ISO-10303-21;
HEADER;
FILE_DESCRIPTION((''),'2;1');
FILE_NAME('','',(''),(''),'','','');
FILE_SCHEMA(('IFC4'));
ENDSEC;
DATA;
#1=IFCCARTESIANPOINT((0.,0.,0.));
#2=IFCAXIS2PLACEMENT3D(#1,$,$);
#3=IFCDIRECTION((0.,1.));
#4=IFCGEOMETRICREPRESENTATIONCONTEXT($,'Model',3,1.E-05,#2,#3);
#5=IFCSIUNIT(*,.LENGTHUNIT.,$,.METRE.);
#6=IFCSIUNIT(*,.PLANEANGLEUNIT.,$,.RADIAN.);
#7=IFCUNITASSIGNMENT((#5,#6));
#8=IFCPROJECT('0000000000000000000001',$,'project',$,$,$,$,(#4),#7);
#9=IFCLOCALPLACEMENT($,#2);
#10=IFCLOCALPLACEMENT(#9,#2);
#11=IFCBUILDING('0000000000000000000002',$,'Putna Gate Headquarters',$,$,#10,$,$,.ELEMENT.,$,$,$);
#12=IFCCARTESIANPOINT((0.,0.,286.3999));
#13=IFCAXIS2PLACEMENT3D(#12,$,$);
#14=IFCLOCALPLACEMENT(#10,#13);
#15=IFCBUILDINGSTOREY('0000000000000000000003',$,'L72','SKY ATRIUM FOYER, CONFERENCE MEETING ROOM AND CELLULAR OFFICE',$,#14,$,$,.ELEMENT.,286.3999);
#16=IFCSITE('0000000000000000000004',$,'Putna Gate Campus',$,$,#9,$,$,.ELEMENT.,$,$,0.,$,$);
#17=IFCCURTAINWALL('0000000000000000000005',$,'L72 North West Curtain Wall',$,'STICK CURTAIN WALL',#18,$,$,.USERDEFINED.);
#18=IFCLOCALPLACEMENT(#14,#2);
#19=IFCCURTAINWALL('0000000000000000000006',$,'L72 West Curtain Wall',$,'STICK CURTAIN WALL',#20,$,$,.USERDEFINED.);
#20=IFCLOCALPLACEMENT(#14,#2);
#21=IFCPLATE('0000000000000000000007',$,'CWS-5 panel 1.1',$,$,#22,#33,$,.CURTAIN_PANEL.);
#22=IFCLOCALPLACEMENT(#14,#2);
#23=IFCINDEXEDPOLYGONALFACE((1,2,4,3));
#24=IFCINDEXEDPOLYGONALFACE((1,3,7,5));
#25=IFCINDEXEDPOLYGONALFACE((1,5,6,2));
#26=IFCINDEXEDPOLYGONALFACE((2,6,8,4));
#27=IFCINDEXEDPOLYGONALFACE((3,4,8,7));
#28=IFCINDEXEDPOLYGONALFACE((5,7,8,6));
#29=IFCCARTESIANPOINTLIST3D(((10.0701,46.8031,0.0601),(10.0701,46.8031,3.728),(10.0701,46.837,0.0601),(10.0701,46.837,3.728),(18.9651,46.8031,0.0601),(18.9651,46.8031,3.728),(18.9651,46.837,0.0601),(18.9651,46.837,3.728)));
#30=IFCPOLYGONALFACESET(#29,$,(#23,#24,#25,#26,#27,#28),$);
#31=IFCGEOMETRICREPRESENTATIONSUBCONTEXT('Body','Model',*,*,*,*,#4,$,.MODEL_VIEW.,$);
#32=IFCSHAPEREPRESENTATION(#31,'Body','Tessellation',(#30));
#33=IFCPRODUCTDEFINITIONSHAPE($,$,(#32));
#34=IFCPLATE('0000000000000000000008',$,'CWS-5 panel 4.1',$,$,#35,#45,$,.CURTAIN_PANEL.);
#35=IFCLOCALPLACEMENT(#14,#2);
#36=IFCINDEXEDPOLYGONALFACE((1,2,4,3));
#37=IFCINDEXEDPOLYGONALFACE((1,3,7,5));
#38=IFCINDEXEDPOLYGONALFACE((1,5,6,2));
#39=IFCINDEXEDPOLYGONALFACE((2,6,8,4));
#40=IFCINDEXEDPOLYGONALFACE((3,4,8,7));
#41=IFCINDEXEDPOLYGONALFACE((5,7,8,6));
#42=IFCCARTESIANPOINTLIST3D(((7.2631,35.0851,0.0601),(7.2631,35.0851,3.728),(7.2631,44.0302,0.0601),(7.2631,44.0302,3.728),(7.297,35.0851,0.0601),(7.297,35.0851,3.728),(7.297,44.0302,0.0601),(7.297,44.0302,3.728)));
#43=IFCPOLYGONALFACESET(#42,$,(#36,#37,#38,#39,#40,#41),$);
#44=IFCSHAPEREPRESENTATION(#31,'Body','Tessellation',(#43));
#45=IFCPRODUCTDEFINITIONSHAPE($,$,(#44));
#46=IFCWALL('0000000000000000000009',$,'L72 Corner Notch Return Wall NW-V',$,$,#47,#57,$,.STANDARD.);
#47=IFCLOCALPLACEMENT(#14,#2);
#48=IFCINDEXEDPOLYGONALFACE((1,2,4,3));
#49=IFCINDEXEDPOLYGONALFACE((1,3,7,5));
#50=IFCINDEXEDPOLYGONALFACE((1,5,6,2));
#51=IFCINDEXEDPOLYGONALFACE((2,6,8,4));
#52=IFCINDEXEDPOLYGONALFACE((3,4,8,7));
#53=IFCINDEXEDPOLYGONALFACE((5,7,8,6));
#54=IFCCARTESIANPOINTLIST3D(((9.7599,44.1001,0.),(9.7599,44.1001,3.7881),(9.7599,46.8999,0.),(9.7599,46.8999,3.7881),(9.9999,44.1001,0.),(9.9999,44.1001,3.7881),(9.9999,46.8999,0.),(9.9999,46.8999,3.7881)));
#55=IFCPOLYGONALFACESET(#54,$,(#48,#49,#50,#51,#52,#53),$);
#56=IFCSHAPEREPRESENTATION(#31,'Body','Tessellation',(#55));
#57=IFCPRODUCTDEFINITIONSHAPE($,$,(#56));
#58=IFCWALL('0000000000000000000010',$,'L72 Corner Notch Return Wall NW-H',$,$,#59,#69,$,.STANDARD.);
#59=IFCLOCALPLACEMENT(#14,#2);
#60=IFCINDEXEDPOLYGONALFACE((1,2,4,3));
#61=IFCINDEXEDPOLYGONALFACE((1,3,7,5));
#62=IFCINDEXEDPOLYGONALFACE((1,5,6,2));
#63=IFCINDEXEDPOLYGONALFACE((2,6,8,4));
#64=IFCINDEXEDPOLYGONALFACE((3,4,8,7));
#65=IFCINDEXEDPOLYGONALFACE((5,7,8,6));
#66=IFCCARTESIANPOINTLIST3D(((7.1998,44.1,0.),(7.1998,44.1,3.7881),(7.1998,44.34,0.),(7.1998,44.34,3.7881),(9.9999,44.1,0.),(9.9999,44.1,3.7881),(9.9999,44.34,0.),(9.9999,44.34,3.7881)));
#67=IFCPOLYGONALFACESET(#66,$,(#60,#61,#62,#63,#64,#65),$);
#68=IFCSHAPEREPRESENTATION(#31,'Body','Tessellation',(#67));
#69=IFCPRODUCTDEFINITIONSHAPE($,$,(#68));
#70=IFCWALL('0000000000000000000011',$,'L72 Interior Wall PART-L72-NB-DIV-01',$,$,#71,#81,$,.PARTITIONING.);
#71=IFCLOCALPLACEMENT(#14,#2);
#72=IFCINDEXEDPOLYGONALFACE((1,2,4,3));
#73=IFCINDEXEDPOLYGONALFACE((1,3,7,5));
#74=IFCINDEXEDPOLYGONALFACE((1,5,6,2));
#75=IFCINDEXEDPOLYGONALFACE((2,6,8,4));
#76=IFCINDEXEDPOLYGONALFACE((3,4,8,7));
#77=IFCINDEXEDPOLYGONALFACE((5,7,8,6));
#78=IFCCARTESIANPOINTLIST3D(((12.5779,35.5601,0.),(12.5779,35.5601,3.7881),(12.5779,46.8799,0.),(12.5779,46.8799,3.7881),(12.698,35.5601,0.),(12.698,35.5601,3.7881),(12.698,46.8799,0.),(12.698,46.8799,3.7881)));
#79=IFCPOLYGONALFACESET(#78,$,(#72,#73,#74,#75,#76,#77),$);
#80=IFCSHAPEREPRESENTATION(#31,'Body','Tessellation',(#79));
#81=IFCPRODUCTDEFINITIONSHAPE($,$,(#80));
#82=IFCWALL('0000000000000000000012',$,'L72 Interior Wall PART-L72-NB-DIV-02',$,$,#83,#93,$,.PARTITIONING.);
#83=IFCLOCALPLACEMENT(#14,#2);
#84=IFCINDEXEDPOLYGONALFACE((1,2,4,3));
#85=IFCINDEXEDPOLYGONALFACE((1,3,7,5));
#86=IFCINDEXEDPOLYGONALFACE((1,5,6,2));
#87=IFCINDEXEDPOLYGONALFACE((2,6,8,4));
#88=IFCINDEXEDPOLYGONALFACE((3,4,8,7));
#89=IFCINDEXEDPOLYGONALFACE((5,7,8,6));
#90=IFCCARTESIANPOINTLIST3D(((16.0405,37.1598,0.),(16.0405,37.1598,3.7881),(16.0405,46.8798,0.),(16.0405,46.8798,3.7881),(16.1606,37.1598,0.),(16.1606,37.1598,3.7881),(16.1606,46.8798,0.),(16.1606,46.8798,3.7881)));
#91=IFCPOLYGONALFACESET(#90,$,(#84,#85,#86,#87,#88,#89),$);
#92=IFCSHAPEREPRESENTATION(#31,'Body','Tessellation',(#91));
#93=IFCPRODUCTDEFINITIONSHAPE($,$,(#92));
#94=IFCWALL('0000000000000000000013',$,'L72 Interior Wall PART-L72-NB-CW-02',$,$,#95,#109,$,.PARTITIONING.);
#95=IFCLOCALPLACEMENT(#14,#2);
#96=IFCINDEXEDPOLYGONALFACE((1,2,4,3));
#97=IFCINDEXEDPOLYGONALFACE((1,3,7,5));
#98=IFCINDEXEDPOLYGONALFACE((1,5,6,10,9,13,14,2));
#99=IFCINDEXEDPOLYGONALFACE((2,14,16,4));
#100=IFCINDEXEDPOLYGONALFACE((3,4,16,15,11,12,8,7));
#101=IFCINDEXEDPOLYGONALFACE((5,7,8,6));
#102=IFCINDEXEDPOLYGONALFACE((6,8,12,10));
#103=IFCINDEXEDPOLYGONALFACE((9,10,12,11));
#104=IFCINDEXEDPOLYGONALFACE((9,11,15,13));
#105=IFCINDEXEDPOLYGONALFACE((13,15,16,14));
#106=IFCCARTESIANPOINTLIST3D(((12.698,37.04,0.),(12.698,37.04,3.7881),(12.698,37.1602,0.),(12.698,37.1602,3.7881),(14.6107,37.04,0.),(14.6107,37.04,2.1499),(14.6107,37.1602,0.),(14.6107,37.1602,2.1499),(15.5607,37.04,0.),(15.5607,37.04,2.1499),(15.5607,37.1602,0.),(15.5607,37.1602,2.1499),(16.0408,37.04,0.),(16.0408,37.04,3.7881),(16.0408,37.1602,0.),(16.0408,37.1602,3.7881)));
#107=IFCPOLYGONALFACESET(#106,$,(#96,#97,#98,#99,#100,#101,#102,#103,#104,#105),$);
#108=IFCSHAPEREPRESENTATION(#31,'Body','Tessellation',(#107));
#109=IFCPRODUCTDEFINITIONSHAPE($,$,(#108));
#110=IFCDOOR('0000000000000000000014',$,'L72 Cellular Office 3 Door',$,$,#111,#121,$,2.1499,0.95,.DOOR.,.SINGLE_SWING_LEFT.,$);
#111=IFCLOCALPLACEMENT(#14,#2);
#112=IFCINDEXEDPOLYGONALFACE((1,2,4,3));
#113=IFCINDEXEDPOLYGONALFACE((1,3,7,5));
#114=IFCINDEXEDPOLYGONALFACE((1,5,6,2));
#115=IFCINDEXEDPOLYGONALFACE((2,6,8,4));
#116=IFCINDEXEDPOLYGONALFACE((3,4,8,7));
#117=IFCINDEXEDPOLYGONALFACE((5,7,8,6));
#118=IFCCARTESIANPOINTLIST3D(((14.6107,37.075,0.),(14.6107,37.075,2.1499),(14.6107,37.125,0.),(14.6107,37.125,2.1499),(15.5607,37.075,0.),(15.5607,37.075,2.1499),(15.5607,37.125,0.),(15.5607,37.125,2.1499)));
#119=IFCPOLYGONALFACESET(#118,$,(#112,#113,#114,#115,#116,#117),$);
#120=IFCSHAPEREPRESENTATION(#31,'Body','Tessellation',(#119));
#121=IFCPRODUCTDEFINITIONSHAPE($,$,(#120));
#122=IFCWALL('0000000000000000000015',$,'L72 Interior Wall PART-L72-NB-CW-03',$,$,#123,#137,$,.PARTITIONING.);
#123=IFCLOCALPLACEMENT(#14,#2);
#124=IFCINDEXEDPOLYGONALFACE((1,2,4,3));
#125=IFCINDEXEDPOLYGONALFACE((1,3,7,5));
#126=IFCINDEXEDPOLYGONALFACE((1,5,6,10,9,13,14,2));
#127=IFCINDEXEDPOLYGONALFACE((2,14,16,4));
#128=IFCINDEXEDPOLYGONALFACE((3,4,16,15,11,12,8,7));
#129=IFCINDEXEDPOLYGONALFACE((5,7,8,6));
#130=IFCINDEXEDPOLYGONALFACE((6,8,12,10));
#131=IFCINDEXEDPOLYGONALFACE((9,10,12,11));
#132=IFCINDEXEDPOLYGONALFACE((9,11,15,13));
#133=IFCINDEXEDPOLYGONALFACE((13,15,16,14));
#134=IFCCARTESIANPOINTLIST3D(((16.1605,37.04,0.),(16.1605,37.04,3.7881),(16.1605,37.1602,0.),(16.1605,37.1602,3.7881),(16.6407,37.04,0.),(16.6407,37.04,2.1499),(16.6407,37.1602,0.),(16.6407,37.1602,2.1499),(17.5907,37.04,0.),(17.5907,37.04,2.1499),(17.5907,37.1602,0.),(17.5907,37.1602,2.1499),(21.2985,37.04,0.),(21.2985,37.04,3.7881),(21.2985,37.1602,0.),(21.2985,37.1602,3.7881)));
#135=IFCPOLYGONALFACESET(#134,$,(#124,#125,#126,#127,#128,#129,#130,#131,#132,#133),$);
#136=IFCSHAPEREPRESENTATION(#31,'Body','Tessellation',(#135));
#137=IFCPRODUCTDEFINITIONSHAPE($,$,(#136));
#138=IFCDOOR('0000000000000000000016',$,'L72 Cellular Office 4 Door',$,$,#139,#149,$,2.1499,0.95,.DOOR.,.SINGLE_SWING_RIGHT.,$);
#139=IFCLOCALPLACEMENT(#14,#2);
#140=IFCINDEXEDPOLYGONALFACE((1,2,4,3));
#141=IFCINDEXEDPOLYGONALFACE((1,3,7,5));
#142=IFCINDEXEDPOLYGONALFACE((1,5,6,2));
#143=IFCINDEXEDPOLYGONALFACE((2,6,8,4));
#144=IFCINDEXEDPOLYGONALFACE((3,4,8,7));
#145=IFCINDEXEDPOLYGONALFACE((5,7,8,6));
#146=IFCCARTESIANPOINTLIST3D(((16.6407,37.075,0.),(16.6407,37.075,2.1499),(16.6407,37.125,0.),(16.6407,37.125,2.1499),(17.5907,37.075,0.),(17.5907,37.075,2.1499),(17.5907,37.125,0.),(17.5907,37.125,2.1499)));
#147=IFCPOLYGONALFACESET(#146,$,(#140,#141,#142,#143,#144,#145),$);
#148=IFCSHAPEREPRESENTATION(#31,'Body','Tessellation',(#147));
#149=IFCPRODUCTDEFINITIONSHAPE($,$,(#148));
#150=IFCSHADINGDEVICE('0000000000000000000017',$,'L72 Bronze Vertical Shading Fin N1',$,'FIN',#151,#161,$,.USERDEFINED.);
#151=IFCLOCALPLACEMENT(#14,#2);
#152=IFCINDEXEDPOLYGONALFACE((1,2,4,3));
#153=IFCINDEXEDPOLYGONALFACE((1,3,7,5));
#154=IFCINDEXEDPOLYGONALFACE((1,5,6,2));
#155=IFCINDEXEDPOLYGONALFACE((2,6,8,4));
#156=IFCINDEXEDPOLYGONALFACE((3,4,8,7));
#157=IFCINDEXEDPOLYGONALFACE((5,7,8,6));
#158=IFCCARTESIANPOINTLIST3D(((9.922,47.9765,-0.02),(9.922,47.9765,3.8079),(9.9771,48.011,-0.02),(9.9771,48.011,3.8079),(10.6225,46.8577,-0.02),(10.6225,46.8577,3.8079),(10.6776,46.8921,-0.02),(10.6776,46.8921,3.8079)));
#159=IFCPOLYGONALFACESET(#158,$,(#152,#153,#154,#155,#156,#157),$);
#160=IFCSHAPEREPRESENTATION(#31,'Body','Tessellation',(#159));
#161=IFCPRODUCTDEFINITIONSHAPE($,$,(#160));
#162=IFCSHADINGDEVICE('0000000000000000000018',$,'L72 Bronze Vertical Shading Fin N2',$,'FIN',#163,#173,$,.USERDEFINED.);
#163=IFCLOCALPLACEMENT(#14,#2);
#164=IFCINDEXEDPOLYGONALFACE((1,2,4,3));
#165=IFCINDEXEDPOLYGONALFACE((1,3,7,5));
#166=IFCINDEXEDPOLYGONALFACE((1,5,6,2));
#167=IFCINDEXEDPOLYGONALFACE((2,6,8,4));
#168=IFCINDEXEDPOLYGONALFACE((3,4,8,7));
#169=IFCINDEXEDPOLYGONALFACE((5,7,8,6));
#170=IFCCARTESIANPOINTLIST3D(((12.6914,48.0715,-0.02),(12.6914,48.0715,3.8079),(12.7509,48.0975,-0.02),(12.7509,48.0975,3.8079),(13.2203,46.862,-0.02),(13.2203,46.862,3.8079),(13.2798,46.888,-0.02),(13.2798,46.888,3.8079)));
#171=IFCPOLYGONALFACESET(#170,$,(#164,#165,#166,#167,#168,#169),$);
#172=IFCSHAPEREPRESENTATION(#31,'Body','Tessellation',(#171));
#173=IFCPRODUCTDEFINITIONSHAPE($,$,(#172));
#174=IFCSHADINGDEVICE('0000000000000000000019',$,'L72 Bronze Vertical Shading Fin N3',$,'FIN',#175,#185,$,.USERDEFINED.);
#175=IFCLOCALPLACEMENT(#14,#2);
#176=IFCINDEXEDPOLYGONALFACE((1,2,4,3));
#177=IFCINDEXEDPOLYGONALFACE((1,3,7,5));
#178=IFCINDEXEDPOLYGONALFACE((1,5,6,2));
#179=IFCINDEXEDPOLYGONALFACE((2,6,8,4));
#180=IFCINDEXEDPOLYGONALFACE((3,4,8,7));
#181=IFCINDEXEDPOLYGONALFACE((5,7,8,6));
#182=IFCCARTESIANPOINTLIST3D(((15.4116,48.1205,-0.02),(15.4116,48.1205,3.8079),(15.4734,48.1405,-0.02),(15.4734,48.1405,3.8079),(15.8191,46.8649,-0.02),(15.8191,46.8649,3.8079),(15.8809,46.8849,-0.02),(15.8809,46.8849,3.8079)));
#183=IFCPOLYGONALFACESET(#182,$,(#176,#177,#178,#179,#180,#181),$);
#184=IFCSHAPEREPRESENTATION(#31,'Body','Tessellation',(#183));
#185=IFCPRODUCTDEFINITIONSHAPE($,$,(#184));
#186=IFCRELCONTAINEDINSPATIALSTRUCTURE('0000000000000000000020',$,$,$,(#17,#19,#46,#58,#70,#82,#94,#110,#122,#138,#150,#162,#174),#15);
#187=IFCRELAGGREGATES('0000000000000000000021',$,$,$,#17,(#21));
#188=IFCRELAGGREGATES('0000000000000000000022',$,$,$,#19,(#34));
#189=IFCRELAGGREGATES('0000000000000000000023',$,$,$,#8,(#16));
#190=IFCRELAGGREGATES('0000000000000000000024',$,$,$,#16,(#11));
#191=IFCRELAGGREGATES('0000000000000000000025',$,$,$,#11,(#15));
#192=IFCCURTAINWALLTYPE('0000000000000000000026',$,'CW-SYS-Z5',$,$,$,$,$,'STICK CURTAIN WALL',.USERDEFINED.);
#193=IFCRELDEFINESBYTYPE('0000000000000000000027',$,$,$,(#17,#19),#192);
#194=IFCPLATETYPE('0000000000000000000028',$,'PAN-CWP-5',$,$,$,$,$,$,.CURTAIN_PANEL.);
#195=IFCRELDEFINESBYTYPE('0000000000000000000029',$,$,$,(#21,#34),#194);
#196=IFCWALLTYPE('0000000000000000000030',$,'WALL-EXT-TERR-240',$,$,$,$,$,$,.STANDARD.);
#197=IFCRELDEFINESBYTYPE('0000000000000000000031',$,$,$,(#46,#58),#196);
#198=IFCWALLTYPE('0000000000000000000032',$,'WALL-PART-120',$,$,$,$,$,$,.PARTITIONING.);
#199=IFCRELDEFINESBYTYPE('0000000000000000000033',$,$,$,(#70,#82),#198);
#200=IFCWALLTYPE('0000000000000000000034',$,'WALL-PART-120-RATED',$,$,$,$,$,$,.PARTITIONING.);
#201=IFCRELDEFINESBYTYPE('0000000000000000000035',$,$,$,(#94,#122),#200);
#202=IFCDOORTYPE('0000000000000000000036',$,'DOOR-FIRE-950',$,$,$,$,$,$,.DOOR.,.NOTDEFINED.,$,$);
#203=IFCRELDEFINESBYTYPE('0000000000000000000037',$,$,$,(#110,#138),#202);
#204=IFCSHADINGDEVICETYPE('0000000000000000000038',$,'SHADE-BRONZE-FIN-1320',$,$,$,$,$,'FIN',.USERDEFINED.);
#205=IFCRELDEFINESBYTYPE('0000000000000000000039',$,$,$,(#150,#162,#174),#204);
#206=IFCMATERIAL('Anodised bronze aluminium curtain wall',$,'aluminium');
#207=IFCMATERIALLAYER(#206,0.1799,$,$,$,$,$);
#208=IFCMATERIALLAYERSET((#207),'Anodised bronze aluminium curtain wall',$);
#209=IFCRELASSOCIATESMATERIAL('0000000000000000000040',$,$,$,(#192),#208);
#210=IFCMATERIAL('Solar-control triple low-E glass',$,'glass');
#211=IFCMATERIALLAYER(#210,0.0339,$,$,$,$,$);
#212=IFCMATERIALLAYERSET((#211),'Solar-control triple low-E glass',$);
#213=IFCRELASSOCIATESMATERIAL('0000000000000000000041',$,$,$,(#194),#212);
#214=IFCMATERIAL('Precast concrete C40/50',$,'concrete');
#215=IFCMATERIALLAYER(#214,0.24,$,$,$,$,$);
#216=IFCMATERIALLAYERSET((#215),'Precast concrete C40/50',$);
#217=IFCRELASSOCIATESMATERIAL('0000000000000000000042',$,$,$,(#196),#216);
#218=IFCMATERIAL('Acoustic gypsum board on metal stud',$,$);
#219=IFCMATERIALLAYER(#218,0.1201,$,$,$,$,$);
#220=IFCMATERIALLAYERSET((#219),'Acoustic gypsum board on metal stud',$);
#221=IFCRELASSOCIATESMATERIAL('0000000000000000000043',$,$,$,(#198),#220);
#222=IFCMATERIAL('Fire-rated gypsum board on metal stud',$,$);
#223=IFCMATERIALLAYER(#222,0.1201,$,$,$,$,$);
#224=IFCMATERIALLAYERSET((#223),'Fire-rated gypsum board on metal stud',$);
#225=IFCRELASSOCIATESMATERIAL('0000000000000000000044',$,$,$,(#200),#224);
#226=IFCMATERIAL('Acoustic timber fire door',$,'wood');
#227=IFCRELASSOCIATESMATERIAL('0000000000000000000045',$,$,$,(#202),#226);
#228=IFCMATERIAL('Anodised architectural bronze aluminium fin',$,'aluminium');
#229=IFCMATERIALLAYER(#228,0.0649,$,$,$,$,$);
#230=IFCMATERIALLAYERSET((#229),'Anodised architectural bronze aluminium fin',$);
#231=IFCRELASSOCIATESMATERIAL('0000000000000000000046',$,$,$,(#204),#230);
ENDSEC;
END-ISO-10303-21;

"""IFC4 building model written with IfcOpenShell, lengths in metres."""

from ifc_helpers import new_model, si_unit, direction, frame, frame_2d, origin, origin_2d, place, context, subcontext, project, spatial, rectangle, extrude, material, layer, layer_set, type_object, element, fill, aggregate, save


model = new_model("IFC4")

# Units and contexts
model_context = context("Model", 3, precision=1e-05, world=origin(), true_north=direction((0.0, 1.0)))
body_context = subcontext(model_context, "Body", "Model", "MODEL_VIEW")
ifc_project = project(units=[si_unit("LENGTHUNIT", "METRE"), si_unit("PLANEANGLEUNIT", "RADIAN")], contexts=[model_context])

# Site, building, storey
site_placement = place(None, origin())
site = spatial("IfcSite", under=ifc_project, at=site_placement, Name="Putna Gate Campus", CompositionType="ELEMENT", RefElevation=0.0)
building_placement = place(site_placement, origin())
building = spatial("IfcBuilding", under=site, at=building_placement, Name="Putna Gate Headquarters", CompositionType="ELEMENT")
storey_placement = place(building_placement, frame((0.0, 0.0, 286.3999)))
storey = spatial("IfcBuildingStorey", under=building, at=storey_placement, Name="L72", Description="SKY ATRIUM FOYER, CONFERENCE MEETING ROOM AND CELLULAR OFFICE", CompositionType="ELEMENT", Elevation=286.3999)

# Curtain wall
ifc_material_1 = material(Name="Anodised bronze aluminium curtain wall", Category="aluminium")
ifc_layer_1 = layer(ifc_material_1, 0.1799)
ifc_layer_set_1 = layer_set([ifc_layer_1], Name="Anodised bronze aluminium curtain wall")
curtain_wall_type = type_object("IfcCurtainWallType", Name="CW-SYS-Z5", ElementType="STICK CURTAIN WALL", PredefinedType="USERDEFINED", material=ifc_layer_set_1)
curtain_wall_1_placement = place(storey_placement, origin())
curtain_wall_1 = element("IfcCurtainWall", 1, at=curtain_wall_1_placement, inside=storey, type_object=curtain_wall_type, Name="L72 North West Curtain Wall", ObjectType="STICK CURTAIN WALL", PredefinedType="USERDEFINED")

# Curtain wall
curtain_wall_2_placement = place(storey_placement, origin())
curtain_wall_2 = element("IfcCurtainWall", 2, at=curtain_wall_2_placement, inside=storey, type_object=curtain_wall_type, Name="L72 West Curtain Wall", ObjectType="STICK CURTAIN WALL", PredefinedType="USERDEFINED")

# Plates
ifc_material_2 = material(Name="Solar-control triple low-E glass", Category="glass")
ifc_layer_2 = layer(ifc_material_2, 0.0339)
ifc_layer_set_2 = layer_set([ifc_layer_2], Name="Solar-control triple low-E glass")
plate_type = type_object("IfcPlateType", Name="PAN-CWP-5", PredefinedType="CURTAIN_PANEL", material=ifc_layer_set_2)
plate_1_placement = place(storey_placement, frame((14.5176, 46.8201, 0.0601), z_axis=(0.0, 0.0, 1.0), x_axis=(1.0, 0.0, 0.0)))
plate_1 = element("IfcPlate", 3, at=plate_1_placement, type_object=plate_type, Name="CWS-5 panel 1.1", PredefinedType="CURTAIN_PANEL", context=body_context, shape_type="SweptSolid", body=[
    extrude(rectangle(XDim=8.895, YDim=0.0339, at=origin_2d()), origin(), (0.0, 0.0, 1.0), 3.668),
])
aggregate(curtain_wall_1, [plate_1])
plate_2_placement = place(storey_placement, frame((7.28, 39.5576, 0.0601), z_axis=(0.0, 0.0, 1.0), x_axis=(0.0, 1.0, 0.0)))
plate_2 = element("IfcPlate", 4, at=plate_2_placement, type_object=plate_type, Name="CWS-5 panel 4.1", PredefinedType="CURTAIN_PANEL", context=body_context, shape_type="SweptSolid", body=[
    extrude(rectangle(XDim=8.9451, YDim=0.0339, at=origin_2d()), origin(), (0.0, 0.0, 1.0), 3.668),
])
aggregate(curtain_wall_2, [plate_2])

# Walls
ifc_material_3 = material(Name="Precast concrete C40/50", Category="concrete")
ifc_layer_3 = layer(ifc_material_3, 0.24)
ifc_layer_set_3 = layer_set([ifc_layer_3], Name="Precast concrete C40/50")
wall_type_1 = type_object("IfcWallType", Name="WALL-EXT-TERR-240", PredefinedType="STANDARD", material=ifc_layer_set_3)
wall_1_placement = place(storey_placement, frame((9.8799, 44.1001, 0.0), z_axis=(0.0, 0.0, 1.0), x_axis=(0.0, 1.0, 0.0)))
element("IfcWall", 5, at=wall_1_placement, inside=storey, type_object=wall_type_1, Name="L72 Corner Notch Return Wall NW-V", PredefinedType="STANDARD", context=body_context, shape_type="SweptSolid", body=[
    extrude(rectangle(XDim=2.7998, YDim=0.24, at=frame_2d((1.3999, 0.0))), origin(), (0.0, 0.0, 1.0), 3.7881),
])
wall_2_placement = place(storey_placement, frame((7.2, 44.22, 0.0), z_axis=(0.0, 0.0, 1.0), x_axis=(1.0, 0.0, 0.0)))
element("IfcWall", 6, at=wall_2_placement, inside=storey, type_object=wall_type_1, Name="L72 Corner Notch Return Wall NW-H", PredefinedType="STANDARD", context=body_context, shape_type="SweptSolid", body=[
    extrude(rectangle(XDim=2.8, YDim=0.24, at=frame_2d((1.3999, 0.0))), origin(), (0.0, 0.0, 1.0), 3.7881),
])
ifc_material_4 = material(Name="Acoustic gypsum board on metal stud")
ifc_layer_4 = layer(ifc_material_4, 0.1201)
ifc_layer_set_4 = layer_set([ifc_layer_4], Name="Acoustic gypsum board on metal stud")
wall_type_2 = type_object("IfcWallType", Name="WALL-PART-120", PredefinedType="PARTITIONING", material=ifc_layer_set_4)
wall_3_placement = place(storey_placement, frame((12.6379, 35.5601, 0.0), z_axis=(0.0, 0.0, 1.0), x_axis=(0.0, 1.0, 0.0)))
element("IfcWall", 7, at=wall_3_placement, inside=storey, type_object=wall_type_2, Name="L72 Interior Wall PART-L72-NB-DIV-01", PredefinedType="PARTITIONING", context=body_context, shape_type="SweptSolid", body=[
    extrude(rectangle(XDim=11.3198, YDim=0.1201, at=frame_2d((5.6599, 0.0))), origin(), (0.0, 0.0, 1.0), 3.7881),
])
wall_4_placement = place(storey_placement, frame((16.1006, 37.1599, 0.0), z_axis=(0.0, 0.0, 1.0), x_axis=(0.0, 1.0, 0.0)))
element("IfcWall", 8, at=wall_4_placement, inside=storey, type_object=wall_type_2, Name="L72 Interior Wall PART-L72-NB-DIV-02", PredefinedType="PARTITIONING", context=body_context, shape_type="SweptSolid", body=[
    extrude(rectangle(XDim=9.72, YDim=0.1201, at=frame_2d((4.8599, 0.0))), origin(), (0.0, 0.0, 1.0), 3.7881),
])

# Walls, openings, doors
ifc_material_5 = material(Name="Fire-rated gypsum board on metal stud")
ifc_layer_5 = layer(ifc_material_5, 0.1201)
ifc_layer_set_5 = layer_set([ifc_layer_5], Name="Fire-rated gypsum board on metal stud")
wall_type_3 = type_object("IfcWallType", Name="WALL-PART-120-RATED", PredefinedType="PARTITIONING", material=ifc_layer_set_5)
wall_5_placement = place(storey_placement, frame((12.698, 37.1001, 0.0), z_axis=(0.0, 0.0, 1.0), x_axis=(1.0, 0.0, 0.0)))
wall_5 = element("IfcWall", 9, at=wall_5_placement, inside=storey, type_object=wall_type_3, Name="L72 Interior Wall PART-L72-NB-CW-02", PredefinedType="PARTITIONING", context=body_context, shape_type="SweptSolid", body=[
    extrude(rectangle(XDim=3.3428, YDim=0.1201, at=frame_2d((1.6714, 0.0))), origin(), (0.0, 0.0, 1.0), 3.7881),
])
opening_1_placement = place(wall_5_placement, frame((1.9126, 0.0, 0.0)))
opening_1 = element("IfcOpeningElement", 10, at=opening_1_placement, cuts=wall_5, PredefinedType="OPENING", context=body_context, shape_type="SweptSolid", body=[
    extrude(rectangle(XDim=0.95, YDim=2.1499, at=frame_2d((0.4751, 1.075))), frame((0.0, 0.0701, 0.0), z_axis=(0.0, -1.0, 0.0), x_axis=(1.0, 0.0, 0.0)), (0.0, 0.0, 1.0), 0.1401),
])
ifc_material_6 = material(Name="Acoustic timber fire door", Category="wood")
door_type = type_object("IfcDoorType", Name="DOOR-FIRE-950", OperationType="NOTDEFINED", PredefinedType="DOOR", material=ifc_material_6)
door_1_placement = place(opening_1_placement, origin())
door_1 = element("IfcDoor", 11, at=door_1_placement, inside=storey, type_object=door_type, Name="L72 Cellular Office 3 Door", OperationType="SINGLE_SWING_LEFT", OverallHeight=2.1499, OverallWidth=0.95, PredefinedType="DOOR", context=body_context, shape_type="SweptSolid", body=[
    extrude(rectangle(XDim=0.95, YDim=2.1499, at=frame_2d((0.4751, 1.075))), frame((0.0, 0.0249, 0.0), z_axis=(0.0, -1.0, 0.0), x_axis=(1.0, 0.0, 0.0)), (0.0, 0.0, 1.0), 0.05),
])
fill(opening_1, door_1)
wall_6_placement = place(storey_placement, frame((16.1606, 37.1001, 0.0), z_axis=(0.0, 0.0, 1.0), x_axis=(1.0, 0.0, 0.0)))
wall_6 = element("IfcWall", 12, at=wall_6_placement, inside=storey, type_object=wall_type_3, Name="L72 Interior Wall PART-L72-NB-CW-03", PredefinedType="PARTITIONING", context=body_context, shape_type="SweptSolid", body=[
    extrude(rectangle(XDim=5.1379, YDim=0.1201, at=frame_2d((2.5688, 0.0))), origin(), (0.0, 0.0, 1.0), 3.7881),
])
opening_2_placement = place(wall_6_placement, frame((0.48, 0.0, 0.0)))
opening_2 = element("IfcOpeningElement", 13, at=opening_2_placement, cuts=wall_6, PredefinedType="OPENING", context=body_context, shape_type="SweptSolid", body=[
    extrude(rectangle(XDim=0.95, YDim=2.1499, at=frame_2d((0.4751, 1.075))), frame((0.0, 0.0701, 0.0), z_axis=(0.0, -1.0, 0.0), x_axis=(1.0, 0.0, 0.0)), (0.0, 0.0, 1.0), 0.1401),
])
door_2_placement = place(opening_2_placement, origin())
door_2 = element("IfcDoor", 14, at=door_2_placement, inside=storey, type_object=door_type, Name="L72 Cellular Office 4 Door", OperationType="SINGLE_SWING_RIGHT", OverallHeight=2.1499, OverallWidth=0.95, PredefinedType="DOOR", context=body_context, shape_type="SweptSolid", body=[
    extrude(rectangle(XDim=0.95, YDim=2.1499, at=frame_2d((0.4751, 1.075))), frame((0.0, 0.0249, 0.0), z_axis=(0.0, -1.0, 0.0), x_axis=(1.0, 0.0, 0.0)), (0.0, 0.0, 1.0), 0.05),
])
fill(opening_2, door_2)

# Shading devices
ifc_material_7 = material(Name="Anodised architectural bronze aluminium fin", Category="aluminium")
ifc_layer_6 = layer(ifc_material_7, 0.0649)
ifc_layer_set_6 = layer_set([ifc_layer_6], Name="Anodised architectural bronze aluminium fin")
shading_device_type = type_object("IfcShadingDeviceType", Name="SHADE-BRONZE-FIN-1320", ElementType="FIN", PredefinedType="USERDEFINED", material=ifc_layer_set_6)
for number, where, z_axis, x_axis, name in (
    (15, (10.2998, 47.4343, -0.02), (0.0, 0.0, 1.0), (-0.530659, 0.847585, 0.0), "L72 Bronze Vertical Shading Fin N1"),
    (16, (12.9856, 47.4797, -0.02), (0.0, 0.0, 1.0), (-0.400669, 0.916223, 0.0), "L72 Bronze Vertical Shading Fin N2"),
    (17, (15.6462, 47.5027, -0.02), (0.0, 0.0, 1.0), (-0.308685, 0.951164, 0.0), "L72 Bronze Vertical Shading Fin N3"),
):
    element("IfcShadingDevice", number, at=place(storey_placement, frame(where, z_axis=z_axis, x_axis=x_axis)), inside=storey, type_object=shading_device_type, Name=name, ObjectType="FIN", PredefinedType="USERDEFINED", context=body_context, shape_type="SweptSolid", body=[
        extrude(rectangle(XDim=1.3201, YDim=0.0649, at=origin_2d()), origin(), (0.0, 0.0, 1.0), 3.8279),
    ])

save(model, "model.ifc")
